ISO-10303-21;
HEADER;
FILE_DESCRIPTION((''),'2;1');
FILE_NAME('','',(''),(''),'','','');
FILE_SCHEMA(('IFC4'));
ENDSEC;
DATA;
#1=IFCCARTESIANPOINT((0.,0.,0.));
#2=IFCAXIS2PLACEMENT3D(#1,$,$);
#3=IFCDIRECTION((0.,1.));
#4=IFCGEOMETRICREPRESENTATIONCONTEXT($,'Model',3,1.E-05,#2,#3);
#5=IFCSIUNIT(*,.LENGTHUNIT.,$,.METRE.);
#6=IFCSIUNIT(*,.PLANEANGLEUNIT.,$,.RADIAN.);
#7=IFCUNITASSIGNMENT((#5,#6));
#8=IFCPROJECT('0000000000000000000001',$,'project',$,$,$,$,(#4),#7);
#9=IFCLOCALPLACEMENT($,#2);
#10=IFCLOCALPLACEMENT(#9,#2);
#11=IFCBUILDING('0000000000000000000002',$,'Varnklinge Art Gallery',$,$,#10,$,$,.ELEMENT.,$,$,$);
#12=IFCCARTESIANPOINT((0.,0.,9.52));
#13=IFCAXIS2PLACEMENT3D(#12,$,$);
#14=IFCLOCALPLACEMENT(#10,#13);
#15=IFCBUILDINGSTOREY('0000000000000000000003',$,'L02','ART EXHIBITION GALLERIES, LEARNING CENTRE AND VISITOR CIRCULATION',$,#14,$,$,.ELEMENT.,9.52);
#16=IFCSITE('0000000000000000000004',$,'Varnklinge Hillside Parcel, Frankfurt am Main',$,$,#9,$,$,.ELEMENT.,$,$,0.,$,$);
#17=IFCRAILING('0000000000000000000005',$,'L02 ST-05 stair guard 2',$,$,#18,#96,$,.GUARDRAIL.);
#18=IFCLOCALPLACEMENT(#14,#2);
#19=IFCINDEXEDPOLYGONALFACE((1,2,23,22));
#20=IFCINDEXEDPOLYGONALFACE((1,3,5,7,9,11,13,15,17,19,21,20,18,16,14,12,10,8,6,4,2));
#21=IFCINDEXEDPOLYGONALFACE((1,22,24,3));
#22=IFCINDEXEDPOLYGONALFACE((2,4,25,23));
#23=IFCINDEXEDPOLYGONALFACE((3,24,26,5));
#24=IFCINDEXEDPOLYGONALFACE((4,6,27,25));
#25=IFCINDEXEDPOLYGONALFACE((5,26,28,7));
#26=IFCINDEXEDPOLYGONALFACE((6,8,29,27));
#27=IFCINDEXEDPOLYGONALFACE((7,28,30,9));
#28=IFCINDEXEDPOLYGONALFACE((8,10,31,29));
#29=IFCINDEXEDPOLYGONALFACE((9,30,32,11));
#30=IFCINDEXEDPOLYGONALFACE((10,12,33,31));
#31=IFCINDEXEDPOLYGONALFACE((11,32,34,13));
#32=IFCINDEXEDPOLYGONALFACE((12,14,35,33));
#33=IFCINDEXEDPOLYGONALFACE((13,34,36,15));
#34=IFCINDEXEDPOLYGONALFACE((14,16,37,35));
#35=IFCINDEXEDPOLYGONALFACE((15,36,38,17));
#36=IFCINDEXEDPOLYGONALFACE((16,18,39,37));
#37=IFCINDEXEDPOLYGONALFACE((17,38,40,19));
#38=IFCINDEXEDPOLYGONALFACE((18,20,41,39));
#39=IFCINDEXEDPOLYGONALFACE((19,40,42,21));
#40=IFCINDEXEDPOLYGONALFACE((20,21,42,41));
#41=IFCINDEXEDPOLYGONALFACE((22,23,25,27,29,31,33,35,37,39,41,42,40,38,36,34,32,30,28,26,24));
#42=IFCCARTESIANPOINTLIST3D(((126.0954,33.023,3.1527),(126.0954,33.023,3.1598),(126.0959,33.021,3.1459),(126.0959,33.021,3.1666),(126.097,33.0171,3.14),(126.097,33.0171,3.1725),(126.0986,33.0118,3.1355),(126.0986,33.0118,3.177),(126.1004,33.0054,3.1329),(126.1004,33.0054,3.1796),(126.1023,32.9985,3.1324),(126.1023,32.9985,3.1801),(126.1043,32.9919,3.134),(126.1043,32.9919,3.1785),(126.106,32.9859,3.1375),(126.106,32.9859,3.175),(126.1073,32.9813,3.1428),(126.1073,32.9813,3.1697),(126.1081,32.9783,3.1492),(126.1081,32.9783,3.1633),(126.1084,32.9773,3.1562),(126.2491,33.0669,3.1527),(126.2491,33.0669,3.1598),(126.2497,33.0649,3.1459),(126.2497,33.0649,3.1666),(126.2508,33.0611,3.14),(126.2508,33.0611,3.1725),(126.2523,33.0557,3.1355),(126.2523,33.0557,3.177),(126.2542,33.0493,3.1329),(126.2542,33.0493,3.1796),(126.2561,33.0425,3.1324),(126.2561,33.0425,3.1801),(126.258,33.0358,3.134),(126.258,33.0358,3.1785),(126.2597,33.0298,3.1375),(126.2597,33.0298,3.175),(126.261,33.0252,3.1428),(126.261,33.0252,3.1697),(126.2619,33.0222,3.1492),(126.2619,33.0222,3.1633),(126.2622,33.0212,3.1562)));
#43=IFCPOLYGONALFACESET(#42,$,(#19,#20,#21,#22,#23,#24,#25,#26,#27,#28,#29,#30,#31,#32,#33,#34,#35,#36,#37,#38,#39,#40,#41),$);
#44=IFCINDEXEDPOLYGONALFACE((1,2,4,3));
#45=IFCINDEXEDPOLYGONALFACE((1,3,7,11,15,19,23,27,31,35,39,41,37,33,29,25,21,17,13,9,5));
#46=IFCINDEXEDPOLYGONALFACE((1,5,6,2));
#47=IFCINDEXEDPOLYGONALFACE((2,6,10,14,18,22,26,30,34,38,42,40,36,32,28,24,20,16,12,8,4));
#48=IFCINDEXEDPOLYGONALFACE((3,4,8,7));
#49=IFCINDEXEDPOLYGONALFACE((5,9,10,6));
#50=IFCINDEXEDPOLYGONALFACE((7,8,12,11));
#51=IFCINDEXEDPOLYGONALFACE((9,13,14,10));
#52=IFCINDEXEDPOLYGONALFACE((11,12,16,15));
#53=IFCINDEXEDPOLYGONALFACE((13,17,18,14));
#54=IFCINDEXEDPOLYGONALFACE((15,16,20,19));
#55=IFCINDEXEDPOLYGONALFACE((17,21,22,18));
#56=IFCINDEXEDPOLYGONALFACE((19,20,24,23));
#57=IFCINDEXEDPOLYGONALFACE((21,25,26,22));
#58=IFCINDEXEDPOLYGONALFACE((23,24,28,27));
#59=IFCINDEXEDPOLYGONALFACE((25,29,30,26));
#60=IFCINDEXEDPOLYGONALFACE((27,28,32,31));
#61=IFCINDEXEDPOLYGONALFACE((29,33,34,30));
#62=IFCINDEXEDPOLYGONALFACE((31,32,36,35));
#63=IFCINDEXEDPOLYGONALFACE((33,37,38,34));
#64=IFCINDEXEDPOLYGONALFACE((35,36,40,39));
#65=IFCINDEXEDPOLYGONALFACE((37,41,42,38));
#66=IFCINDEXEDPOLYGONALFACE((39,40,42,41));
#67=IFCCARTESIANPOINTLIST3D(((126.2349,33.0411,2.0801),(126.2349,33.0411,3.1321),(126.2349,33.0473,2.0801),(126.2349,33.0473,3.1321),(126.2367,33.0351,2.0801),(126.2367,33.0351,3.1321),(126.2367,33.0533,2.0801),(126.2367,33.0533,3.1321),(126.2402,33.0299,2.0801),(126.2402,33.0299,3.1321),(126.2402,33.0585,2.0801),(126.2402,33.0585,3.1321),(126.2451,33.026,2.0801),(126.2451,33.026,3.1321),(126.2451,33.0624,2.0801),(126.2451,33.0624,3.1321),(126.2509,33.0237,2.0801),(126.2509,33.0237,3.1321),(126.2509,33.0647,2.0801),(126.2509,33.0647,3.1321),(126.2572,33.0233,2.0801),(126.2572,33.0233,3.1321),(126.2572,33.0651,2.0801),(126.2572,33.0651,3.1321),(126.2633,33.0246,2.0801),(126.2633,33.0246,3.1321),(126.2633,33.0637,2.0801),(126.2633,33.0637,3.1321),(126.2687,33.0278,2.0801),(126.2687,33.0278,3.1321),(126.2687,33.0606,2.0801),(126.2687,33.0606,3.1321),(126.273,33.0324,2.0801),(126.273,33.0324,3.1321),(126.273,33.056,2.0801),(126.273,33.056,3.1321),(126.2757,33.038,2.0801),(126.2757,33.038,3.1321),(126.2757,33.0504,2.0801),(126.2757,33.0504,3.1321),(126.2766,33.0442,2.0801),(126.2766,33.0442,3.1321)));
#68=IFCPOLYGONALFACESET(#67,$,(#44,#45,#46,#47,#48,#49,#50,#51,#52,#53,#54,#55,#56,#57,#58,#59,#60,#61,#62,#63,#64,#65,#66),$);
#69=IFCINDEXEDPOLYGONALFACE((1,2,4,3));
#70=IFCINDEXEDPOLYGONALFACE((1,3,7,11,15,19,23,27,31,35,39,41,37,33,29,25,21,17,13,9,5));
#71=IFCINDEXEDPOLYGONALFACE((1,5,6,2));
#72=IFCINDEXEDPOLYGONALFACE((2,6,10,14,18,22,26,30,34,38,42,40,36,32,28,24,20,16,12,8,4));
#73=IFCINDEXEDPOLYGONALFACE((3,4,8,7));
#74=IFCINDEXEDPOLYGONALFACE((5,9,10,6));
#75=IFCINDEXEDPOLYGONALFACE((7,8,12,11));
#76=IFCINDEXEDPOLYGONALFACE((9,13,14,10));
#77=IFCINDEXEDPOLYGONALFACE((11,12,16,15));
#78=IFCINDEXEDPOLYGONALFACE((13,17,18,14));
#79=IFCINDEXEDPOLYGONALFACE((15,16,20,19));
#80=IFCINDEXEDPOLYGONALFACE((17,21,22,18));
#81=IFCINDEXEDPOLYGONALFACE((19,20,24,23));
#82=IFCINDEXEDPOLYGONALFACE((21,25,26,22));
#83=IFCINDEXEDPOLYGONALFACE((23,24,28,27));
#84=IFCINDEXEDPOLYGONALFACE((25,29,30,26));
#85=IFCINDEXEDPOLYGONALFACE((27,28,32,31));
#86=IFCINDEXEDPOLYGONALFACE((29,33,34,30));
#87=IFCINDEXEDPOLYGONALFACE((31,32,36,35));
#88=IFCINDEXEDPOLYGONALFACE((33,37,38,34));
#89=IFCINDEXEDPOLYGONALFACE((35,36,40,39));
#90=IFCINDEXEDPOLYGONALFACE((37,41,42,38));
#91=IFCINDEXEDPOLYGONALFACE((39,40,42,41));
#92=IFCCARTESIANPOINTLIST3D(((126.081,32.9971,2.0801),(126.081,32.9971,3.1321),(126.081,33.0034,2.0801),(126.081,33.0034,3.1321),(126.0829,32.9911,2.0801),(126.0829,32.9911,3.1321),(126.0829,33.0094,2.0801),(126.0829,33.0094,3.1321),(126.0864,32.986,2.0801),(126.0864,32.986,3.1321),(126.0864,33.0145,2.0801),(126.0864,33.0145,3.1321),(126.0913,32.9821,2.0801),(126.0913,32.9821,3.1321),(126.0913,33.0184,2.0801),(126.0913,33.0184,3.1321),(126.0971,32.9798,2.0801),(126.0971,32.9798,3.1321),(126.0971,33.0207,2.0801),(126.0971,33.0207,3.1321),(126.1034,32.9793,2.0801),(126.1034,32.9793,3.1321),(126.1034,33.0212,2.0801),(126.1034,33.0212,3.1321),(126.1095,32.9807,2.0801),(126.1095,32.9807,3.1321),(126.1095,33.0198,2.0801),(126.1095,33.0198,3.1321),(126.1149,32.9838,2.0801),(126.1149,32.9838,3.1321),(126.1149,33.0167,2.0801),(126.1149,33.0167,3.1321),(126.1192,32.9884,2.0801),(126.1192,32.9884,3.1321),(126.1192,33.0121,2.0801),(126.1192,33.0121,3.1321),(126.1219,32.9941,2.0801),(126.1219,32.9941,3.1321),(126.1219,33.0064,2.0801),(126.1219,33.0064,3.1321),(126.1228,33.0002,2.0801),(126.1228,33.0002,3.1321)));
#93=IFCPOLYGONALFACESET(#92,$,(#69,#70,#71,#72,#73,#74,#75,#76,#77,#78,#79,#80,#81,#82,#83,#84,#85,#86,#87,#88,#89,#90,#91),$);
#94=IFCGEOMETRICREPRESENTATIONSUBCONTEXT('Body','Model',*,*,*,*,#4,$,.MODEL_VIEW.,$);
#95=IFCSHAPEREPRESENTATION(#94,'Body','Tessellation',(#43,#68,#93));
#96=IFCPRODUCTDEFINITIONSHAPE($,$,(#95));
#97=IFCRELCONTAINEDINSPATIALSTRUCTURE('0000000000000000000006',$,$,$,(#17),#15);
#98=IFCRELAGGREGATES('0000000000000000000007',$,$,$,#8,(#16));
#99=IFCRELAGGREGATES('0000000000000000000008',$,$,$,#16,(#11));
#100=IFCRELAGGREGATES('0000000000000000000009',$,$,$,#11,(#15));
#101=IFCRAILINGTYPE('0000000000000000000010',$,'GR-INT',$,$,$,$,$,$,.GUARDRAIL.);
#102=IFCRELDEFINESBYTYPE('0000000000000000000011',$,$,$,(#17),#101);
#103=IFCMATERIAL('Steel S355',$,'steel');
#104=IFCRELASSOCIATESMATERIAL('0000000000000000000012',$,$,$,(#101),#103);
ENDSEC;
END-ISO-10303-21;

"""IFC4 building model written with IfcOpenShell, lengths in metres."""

from ifc_helpers import new_model, si_unit, direction, frame, origin, origin_2d, place, context, subcontext, project, spatial, circle, extrude, material, type_object, element, save


model = new_model("IFC4")

# Units and contexts
model_context = context("Model", 3, precision=1e-05, world=origin(), true_north=direction((0.0, 1.0)))
body_context = subcontext(model_context, "Body", "Model", "MODEL_VIEW")
ifc_project = project(units=[si_unit("LENGTHUNIT", "METRE"), si_unit("PLANEANGLEUNIT", "RADIAN")], contexts=[model_context])

# Site, building, storey
site_placement = place(None, origin())
site = spatial("IfcSite", under=ifc_project, at=site_placement, Name="Varnklinge Hillside Parcel, Frankfurt am Main", CompositionType="ELEMENT", RefElevation=0.0)
building_placement = place(site_placement, origin())
building = spatial("IfcBuilding", under=site, at=building_placement, Name="Varnklinge Art Gallery", CompositionType="ELEMENT")
storey_placement = place(building_placement, frame((0.0, 0.0, 9.52)))
storey = spatial("IfcBuildingStorey", under=building, at=storey_placement, Name="L02", Description="ART EXHIBITION GALLERIES, LEARNING CENTRE AND VISITOR CIRCULATION", CompositionType="ELEMENT", Elevation=9.52)

# Railing
ifc_material_1 = material(Name="Steel S355", Category="steel")
railing_type_1 = type_object("IfcRailingType", Name="GR-INT", PredefinedType="GUARDRAIL", material=ifc_material_1)
railing_1_placement = place(storey_placement, frame((126.2556, 33.0442, 2.0801)))
element("IfcRailing", 1, at=railing_1_placement, inside=storey, type_object=railing_type_1, Name="L02 ST-05 stair guard 2", PredefinedType="GUARDRAIL", context=body_context, shape_type="SweptSolid", body=[
    extrude(circle(Radius=0.0239, at=origin_2d()), frame((0.0, 0.0, 1.0762), z_axis=(-0.961524, -0.274721, 0.0), x_axis=(0.274721, -0.961524, 0.0)), (0.0, 0.0, 1.0), 0.1599),
    extrude(circle(Radius=0.021, at=origin_2d()), origin(), (0.0, 0.0, 1.0), 1.052),
    extrude(circle(Radius=0.021, at=origin_2d()), frame((-0.1538, -0.0439, 0.0)), (0.0, 0.0, 1.0), 1.052),
])

save(model, "model.ifc")
